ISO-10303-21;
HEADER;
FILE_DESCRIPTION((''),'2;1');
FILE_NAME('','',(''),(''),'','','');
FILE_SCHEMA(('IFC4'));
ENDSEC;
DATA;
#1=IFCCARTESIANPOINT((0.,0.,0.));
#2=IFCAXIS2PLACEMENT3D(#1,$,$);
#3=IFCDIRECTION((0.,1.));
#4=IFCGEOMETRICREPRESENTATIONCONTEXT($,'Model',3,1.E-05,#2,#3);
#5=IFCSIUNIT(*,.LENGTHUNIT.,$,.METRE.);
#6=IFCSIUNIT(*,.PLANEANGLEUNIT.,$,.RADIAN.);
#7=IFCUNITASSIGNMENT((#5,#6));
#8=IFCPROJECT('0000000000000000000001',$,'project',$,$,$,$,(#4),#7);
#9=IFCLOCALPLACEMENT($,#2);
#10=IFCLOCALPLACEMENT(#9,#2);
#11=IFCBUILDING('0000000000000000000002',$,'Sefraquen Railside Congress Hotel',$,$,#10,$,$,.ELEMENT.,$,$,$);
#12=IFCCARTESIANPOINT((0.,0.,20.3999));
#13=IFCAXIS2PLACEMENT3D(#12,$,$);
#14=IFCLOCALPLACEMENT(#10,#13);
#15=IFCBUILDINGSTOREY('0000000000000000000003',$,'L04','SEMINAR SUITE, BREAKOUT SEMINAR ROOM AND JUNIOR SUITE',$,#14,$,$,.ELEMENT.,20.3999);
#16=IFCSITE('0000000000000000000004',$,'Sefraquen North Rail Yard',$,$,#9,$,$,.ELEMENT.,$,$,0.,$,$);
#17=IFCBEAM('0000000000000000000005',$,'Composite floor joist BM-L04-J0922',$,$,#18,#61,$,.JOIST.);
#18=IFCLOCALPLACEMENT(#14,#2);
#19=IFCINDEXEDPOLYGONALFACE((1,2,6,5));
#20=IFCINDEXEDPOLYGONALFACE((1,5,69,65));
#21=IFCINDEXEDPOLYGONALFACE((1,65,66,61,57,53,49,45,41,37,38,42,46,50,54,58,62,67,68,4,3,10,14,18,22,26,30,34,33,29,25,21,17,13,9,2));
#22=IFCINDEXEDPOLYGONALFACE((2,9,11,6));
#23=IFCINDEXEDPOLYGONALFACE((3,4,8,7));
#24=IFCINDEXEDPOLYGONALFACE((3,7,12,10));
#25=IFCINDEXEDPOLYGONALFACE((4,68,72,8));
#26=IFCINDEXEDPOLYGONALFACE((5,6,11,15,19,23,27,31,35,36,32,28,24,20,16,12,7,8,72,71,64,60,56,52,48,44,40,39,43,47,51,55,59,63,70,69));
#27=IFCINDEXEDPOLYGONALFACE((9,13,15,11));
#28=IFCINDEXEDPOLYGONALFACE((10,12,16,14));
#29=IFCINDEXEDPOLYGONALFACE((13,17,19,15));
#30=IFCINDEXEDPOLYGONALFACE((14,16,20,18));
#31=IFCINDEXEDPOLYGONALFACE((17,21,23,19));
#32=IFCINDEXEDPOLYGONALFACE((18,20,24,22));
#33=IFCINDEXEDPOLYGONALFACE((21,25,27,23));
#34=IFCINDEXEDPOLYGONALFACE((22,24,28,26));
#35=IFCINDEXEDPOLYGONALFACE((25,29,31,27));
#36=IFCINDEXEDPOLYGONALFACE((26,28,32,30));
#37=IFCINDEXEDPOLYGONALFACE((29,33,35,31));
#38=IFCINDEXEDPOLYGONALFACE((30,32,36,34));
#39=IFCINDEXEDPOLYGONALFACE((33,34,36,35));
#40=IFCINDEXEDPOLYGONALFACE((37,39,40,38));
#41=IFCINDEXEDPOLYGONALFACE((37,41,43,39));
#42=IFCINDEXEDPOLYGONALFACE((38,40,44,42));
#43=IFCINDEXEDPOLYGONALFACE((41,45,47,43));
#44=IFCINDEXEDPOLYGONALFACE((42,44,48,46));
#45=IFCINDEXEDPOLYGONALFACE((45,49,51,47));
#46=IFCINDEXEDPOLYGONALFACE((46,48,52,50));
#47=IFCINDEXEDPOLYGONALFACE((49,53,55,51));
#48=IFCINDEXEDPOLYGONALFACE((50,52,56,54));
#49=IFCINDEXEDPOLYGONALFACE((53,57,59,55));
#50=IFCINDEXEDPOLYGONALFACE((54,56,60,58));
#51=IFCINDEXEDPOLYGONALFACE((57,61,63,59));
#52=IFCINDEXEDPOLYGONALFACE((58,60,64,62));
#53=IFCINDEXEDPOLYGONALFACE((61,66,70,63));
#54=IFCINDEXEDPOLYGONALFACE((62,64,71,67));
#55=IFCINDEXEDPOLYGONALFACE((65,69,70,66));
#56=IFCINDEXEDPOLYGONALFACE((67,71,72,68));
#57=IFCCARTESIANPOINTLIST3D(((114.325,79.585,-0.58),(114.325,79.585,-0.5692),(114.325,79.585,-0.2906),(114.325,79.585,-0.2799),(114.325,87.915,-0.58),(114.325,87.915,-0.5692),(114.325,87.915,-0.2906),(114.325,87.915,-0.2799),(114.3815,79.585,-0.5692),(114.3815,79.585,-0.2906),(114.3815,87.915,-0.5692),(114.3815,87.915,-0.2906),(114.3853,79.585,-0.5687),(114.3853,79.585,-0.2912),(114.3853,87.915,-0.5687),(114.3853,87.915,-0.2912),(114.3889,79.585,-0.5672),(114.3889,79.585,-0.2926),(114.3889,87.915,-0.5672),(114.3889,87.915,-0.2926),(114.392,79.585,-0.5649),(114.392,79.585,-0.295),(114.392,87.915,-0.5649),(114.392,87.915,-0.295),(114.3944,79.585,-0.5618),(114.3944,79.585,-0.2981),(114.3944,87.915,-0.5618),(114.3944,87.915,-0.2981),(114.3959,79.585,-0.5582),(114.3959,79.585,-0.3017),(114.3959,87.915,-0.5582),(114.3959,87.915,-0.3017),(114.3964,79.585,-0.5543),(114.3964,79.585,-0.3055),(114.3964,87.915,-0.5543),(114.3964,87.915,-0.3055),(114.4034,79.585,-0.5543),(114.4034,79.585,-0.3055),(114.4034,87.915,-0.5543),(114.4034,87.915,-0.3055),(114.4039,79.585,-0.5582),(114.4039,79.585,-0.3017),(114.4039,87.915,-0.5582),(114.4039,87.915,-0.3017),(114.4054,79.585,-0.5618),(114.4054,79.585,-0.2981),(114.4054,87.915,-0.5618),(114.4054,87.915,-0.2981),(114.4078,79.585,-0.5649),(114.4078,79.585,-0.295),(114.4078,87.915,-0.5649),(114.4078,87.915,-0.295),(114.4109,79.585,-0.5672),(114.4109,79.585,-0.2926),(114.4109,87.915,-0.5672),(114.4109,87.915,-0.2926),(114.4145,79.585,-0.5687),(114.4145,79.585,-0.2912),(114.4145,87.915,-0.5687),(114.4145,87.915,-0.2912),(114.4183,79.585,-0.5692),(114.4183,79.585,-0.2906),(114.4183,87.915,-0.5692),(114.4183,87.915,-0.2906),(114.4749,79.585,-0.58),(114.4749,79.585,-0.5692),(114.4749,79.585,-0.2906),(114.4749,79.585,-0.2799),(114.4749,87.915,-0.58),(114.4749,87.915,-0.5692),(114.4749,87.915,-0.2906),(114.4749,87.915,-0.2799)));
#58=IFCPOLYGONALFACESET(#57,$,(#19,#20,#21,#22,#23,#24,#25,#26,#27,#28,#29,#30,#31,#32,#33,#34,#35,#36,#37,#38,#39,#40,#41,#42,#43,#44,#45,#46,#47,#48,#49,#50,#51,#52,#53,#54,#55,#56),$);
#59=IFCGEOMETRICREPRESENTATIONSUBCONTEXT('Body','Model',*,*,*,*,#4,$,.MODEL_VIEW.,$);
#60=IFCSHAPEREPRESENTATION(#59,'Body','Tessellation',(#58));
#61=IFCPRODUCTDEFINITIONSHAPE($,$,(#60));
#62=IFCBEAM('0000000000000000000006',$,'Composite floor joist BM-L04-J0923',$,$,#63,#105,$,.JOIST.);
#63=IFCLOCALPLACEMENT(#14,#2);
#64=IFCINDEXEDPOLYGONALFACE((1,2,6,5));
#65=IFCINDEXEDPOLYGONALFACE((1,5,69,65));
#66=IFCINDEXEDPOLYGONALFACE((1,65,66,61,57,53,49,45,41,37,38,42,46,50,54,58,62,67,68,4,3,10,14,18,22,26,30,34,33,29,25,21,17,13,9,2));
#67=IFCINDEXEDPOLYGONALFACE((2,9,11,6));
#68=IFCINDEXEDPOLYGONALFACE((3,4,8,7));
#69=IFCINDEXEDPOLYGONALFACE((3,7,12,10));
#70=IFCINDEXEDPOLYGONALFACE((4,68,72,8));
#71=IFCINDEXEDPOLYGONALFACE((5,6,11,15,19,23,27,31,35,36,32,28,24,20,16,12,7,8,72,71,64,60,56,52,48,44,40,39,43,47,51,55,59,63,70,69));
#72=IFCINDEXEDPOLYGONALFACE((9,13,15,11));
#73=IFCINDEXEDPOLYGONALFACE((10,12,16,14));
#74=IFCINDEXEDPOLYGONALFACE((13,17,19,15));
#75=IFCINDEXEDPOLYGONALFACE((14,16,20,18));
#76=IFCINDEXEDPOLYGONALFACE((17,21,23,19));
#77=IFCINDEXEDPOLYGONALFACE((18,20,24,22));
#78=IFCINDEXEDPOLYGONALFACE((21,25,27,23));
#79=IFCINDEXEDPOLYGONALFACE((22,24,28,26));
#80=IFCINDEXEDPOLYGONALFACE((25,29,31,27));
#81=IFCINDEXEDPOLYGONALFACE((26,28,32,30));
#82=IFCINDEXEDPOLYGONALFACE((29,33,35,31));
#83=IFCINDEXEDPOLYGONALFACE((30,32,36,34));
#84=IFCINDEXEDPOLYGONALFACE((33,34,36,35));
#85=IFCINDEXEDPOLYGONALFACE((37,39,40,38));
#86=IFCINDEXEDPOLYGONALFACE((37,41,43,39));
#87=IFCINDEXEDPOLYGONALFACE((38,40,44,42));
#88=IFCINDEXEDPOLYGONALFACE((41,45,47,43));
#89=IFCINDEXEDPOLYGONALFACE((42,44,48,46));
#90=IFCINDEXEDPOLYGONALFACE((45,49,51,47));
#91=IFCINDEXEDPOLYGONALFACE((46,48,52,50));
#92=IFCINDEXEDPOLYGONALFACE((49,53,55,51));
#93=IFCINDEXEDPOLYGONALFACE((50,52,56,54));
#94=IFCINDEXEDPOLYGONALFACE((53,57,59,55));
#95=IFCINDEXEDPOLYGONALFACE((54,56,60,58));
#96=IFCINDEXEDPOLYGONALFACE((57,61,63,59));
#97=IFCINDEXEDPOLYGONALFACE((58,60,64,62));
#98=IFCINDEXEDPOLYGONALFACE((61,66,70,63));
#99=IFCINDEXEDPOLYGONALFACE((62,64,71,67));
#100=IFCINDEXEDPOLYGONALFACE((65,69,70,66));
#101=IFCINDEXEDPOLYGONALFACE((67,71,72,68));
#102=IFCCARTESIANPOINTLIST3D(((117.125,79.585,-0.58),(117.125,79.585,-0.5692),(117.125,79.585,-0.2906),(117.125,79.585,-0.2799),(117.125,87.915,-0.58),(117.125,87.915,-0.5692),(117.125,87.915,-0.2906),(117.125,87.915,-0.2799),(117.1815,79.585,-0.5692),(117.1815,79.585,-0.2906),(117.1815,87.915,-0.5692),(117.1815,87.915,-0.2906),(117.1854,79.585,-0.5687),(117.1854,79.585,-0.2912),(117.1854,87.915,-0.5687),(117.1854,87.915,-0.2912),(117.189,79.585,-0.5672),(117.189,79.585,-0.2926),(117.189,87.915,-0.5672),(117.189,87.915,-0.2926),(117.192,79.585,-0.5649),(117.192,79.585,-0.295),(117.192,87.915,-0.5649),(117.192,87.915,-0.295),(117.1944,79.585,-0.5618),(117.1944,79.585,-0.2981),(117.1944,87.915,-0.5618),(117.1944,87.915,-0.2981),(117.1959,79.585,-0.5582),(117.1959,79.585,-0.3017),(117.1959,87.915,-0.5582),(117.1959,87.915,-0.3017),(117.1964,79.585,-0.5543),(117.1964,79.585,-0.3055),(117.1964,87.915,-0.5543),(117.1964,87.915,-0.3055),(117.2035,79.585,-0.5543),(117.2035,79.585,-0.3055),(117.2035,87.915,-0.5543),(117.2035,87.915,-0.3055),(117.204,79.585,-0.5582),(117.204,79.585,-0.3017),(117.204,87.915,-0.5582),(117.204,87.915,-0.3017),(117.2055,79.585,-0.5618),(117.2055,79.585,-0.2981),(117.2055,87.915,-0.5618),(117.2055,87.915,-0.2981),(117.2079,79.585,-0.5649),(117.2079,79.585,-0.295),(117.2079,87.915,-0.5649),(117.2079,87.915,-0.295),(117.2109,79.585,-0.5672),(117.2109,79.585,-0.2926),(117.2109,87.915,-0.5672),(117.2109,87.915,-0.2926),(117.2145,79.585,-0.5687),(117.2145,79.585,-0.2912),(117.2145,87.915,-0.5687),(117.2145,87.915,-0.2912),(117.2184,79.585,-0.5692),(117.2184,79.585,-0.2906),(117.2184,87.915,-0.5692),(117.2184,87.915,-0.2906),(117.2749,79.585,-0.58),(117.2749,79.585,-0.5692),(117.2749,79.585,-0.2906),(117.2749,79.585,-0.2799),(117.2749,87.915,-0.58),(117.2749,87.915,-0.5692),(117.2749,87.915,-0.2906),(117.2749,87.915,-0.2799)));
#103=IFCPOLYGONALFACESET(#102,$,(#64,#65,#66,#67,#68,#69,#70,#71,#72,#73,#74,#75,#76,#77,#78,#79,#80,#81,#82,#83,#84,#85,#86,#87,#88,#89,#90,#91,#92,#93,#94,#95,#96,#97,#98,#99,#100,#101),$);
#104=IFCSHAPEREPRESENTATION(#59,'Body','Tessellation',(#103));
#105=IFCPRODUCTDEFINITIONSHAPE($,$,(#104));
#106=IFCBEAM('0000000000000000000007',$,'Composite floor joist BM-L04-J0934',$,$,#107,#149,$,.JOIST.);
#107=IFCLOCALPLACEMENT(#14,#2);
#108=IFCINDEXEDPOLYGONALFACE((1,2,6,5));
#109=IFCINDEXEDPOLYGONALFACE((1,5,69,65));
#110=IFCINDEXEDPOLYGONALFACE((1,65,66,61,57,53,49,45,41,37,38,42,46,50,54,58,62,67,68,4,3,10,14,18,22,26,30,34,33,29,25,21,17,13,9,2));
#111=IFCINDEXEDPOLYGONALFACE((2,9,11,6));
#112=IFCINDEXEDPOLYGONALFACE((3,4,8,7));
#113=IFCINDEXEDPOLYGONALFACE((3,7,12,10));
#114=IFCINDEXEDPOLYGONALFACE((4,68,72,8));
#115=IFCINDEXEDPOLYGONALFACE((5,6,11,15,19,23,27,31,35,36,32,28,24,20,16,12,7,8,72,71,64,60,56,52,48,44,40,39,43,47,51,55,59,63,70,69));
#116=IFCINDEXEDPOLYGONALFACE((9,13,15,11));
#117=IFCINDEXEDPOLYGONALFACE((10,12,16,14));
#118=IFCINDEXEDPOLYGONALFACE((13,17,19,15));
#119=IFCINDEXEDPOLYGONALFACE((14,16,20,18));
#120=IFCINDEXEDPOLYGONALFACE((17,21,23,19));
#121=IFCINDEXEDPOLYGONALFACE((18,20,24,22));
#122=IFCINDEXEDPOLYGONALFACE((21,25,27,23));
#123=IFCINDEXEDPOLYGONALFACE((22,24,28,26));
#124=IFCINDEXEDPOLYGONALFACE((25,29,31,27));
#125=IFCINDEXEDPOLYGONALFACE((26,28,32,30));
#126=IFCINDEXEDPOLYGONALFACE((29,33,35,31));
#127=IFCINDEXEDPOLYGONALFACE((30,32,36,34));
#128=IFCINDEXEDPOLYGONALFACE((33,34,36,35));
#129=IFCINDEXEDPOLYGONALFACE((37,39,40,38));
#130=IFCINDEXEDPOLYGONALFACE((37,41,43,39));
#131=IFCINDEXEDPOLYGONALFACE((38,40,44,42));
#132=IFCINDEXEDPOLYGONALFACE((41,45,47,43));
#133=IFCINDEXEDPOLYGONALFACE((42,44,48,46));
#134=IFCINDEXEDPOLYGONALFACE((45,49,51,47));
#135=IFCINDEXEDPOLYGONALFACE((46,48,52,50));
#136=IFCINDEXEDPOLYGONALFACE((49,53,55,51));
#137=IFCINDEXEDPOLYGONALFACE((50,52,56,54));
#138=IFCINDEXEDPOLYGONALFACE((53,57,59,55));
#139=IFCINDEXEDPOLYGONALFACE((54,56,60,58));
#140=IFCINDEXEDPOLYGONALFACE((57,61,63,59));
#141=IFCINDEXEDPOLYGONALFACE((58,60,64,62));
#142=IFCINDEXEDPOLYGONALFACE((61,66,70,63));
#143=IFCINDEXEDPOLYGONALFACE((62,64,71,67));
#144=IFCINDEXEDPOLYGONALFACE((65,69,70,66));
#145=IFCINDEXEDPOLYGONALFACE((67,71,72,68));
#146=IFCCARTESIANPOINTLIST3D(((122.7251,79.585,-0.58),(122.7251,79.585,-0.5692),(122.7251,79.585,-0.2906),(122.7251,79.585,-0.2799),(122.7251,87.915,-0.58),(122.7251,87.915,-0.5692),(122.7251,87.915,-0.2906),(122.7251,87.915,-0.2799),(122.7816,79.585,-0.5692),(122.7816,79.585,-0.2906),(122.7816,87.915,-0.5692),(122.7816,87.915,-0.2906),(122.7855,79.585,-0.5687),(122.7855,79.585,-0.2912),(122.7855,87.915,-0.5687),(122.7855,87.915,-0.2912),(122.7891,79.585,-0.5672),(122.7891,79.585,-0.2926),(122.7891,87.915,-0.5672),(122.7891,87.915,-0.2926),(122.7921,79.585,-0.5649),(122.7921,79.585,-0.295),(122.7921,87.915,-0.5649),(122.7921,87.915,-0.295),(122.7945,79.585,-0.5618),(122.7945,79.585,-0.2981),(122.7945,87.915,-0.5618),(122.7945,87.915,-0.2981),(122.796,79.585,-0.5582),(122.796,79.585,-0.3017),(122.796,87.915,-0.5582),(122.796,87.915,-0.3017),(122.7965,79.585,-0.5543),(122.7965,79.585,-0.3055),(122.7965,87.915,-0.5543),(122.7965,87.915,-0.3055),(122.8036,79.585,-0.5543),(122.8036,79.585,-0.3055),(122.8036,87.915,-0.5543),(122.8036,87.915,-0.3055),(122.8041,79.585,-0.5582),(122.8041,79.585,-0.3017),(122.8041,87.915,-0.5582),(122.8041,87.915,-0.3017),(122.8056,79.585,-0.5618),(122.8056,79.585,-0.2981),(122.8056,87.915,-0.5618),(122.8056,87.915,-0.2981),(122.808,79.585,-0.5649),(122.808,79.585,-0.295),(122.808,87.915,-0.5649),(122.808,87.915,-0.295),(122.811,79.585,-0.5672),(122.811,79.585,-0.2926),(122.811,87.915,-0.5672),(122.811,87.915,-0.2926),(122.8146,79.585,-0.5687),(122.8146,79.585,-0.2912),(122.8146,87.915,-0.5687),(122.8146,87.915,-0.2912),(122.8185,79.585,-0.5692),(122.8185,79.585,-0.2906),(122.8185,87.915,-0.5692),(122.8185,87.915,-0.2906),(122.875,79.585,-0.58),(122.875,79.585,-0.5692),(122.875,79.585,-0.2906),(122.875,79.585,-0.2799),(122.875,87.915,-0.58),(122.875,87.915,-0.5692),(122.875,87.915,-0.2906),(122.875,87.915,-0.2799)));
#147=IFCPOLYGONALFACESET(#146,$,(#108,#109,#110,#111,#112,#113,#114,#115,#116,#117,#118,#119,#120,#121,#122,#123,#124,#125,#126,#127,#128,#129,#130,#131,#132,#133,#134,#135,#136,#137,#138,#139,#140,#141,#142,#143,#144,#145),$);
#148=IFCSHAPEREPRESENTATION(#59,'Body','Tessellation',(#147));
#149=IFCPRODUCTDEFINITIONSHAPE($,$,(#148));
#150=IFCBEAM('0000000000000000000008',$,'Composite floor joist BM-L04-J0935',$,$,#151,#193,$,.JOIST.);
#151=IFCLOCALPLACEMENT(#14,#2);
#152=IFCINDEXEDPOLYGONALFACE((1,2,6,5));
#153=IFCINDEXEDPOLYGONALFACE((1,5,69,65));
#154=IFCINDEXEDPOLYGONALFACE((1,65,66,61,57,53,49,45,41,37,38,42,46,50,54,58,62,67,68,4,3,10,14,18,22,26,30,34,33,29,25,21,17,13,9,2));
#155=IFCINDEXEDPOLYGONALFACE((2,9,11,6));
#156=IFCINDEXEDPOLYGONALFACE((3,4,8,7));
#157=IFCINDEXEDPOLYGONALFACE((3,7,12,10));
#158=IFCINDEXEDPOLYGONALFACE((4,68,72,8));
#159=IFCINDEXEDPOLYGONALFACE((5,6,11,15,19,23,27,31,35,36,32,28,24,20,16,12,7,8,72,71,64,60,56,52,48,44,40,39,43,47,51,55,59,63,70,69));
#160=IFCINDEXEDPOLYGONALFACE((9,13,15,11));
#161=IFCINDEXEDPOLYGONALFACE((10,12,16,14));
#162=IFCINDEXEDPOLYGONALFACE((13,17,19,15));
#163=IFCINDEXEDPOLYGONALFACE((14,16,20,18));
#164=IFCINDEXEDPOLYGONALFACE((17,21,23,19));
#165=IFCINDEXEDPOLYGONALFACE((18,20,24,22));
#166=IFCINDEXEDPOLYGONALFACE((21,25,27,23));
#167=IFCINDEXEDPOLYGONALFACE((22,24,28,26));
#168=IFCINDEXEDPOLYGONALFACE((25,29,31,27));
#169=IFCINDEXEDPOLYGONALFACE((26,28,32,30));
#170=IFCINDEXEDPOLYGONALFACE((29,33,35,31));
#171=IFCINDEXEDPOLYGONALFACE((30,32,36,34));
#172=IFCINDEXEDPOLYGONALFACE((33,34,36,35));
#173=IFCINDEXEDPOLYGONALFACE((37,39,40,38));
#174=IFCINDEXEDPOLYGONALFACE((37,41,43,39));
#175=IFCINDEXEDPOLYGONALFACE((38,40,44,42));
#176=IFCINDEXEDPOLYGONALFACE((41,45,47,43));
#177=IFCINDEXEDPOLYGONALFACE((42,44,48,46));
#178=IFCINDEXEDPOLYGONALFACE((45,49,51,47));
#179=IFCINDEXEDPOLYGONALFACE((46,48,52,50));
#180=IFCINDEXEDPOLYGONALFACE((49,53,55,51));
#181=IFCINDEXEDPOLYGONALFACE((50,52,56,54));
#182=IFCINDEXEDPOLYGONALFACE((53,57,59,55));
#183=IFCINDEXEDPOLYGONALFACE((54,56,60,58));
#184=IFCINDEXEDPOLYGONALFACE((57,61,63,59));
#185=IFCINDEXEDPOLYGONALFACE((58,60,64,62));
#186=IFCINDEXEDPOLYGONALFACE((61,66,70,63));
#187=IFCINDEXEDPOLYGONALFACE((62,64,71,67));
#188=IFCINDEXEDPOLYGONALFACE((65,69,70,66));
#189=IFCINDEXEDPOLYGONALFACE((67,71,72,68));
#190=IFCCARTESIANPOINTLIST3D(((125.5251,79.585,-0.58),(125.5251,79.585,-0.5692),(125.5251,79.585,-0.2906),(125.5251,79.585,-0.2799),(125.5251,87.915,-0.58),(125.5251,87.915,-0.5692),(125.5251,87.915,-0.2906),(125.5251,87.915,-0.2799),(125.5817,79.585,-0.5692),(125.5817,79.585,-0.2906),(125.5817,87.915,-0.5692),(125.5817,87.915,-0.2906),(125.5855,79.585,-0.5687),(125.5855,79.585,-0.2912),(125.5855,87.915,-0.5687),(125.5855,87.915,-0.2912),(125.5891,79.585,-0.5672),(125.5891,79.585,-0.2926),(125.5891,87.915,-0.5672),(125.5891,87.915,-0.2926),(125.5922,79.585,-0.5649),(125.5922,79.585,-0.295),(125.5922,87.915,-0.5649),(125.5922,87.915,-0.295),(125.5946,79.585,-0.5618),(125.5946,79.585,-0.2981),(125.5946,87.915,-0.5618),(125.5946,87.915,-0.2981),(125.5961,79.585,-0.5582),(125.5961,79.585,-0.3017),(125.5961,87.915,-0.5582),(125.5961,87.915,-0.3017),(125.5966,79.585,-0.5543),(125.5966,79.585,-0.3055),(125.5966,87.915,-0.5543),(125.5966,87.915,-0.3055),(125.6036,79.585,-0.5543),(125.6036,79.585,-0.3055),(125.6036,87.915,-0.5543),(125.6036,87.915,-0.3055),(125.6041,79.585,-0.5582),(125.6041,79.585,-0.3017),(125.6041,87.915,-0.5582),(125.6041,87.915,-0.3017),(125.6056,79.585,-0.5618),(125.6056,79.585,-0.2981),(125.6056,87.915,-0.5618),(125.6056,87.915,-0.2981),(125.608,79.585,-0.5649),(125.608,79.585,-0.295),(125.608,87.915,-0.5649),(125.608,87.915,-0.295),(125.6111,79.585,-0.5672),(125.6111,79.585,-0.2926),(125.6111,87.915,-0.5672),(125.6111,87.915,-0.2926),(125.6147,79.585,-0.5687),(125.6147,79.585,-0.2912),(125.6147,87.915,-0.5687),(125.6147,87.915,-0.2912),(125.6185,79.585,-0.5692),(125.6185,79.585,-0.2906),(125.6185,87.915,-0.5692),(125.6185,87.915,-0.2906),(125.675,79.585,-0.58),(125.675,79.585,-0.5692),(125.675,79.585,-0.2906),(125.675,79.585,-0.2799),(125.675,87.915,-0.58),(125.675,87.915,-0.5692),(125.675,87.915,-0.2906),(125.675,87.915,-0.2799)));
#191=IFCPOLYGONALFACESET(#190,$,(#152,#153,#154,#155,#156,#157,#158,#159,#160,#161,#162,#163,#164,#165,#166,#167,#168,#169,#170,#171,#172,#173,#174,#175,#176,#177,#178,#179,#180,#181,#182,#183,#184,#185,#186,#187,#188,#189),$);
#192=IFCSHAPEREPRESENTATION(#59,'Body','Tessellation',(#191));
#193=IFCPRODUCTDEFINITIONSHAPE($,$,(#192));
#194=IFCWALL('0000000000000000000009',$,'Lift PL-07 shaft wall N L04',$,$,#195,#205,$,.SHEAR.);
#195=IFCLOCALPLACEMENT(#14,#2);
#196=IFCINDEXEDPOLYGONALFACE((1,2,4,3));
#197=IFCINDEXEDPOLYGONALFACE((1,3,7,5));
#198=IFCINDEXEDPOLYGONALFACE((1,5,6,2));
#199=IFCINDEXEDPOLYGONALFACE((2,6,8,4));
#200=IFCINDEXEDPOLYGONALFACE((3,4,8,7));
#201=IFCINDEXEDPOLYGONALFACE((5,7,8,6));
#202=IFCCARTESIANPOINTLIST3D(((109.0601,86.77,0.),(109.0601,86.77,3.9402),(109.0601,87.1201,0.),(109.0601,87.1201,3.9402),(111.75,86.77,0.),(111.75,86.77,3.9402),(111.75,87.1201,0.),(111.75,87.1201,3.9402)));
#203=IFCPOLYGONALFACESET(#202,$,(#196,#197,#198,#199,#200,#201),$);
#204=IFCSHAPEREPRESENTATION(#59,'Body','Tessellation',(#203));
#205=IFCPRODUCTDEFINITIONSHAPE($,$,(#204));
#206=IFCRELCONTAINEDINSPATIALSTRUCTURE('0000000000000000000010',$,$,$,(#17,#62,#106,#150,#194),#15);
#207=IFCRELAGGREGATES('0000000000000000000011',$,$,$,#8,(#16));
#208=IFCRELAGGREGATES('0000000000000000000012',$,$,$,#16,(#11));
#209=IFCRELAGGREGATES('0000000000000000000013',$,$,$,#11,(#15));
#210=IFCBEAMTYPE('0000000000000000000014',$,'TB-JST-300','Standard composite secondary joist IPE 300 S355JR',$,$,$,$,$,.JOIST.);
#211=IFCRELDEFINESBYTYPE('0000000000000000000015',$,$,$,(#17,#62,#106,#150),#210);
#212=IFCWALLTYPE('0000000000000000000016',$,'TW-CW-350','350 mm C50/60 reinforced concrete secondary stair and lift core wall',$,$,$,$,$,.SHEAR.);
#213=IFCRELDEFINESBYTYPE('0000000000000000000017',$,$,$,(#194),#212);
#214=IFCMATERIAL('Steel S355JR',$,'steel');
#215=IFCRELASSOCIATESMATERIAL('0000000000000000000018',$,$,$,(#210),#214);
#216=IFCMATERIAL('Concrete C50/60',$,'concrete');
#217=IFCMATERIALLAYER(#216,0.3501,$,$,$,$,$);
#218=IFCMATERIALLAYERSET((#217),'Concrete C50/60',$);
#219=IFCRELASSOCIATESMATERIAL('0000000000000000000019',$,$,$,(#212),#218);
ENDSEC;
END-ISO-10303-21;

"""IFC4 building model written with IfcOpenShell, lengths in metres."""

from ifc_helpers import new_model, si_unit, direction, frame, frame_2d, origin, origin_2d, place, context, subcontext, project, spatial, rectangle, i_section, extrude, material, layer, layer_set, material_profile, profile_set, type_object, element, save


model = new_model("IFC4")

# Units and contexts
model_context = context("Model", 3, precision=1e-05, world=origin(), true_north=direction((0.0, 1.0)))
body_context = subcontext(model_context, "Body", "Model", "MODEL_VIEW")
ifc_project = project(units=[si_unit("LENGTHUNIT", "METRE"), si_unit("PLANEANGLEUNIT", "RADIAN")], contexts=[model_context])

# Site, building, storey
site_placement = place(None, origin())
site = spatial("IfcSite", under=ifc_project, at=site_placement, Name="Sefraquen North Rail Yard", CompositionType="ELEMENT", RefElevation=0.0)
building_placement = place(site_placement, origin())
building = spatial("IfcBuilding", under=site, at=building_placement, Name="Sefraquen Railside Congress Hotel", CompositionType="ELEMENT")
storey_placement = place(building_placement, frame((0.0, 0.0, 20.3999)))
storey = spatial("IfcBuildingStorey", under=building, at=storey_placement, Name="L04", Description="SEMINAR SUITE, BREAKOUT SEMINAR ROOM AND JUNIOR SUITE", CompositionType="ELEMENT", Elevation=20.3999)

# Shared definitions
ifc_material_1 = material(Name="Steel S355JR", Category="steel")

# Beams
ifc_material_profile_1 = material_profile(ifc_material_1, i_section(OverallWidth=0.1499, OverallDepth=0.3, WebThickness=0.0071, FlangeThickness=0.0107, FilletRadius=0.0149, at=origin_2d()), Name="IPE 300")
ifc_profile_set_1 = profile_set([ifc_material_profile_1], Name="Steel S355JR")
beam_type_1 = type_object("IfcBeamType", Name="TB-JST-300", Description="Standard composite secondary joist IPE 300 S355JR", PredefinedType="JOIST", material=ifc_profile_set_1)
for number, where, z_axis, x_axis, name in (
    (1, (114.3999, 79.585, -0.4299), (0.0, 1.0, 0.0), (-1.0, 0.0, 0.0), "Composite floor joist BM-L04-J0922"),
    (2, (117.2, 79.585, -0.4299), (0.0, 1.0, 0.0), (-1.0, 0.0, 0.0), "Composite floor joist BM-L04-J0923"),
    (3, (122.8, 79.585, -0.4299), (0.0, 1.0, 0.0), (-1.0, 0.0, 0.0), "Composite floor joist BM-L04-J0934"),
    (4, (125.6001, 79.585, -0.4299), (0.0, 1.0, 0.0), (-1.0, 0.0, 0.0), "Composite floor joist BM-L04-J0935"),
):
    element("IfcBeam", number, at=place(storey_placement, frame(where, z_axis=z_axis, x_axis=x_axis)), inside=storey, type_object=beam_type_1, Name=name, PredefinedType="JOIST", context=body_context, shape_type="SweptSolid", body=[
        extrude(i_section(OverallWidth=0.1499, OverallDepth=0.3, WebThickness=0.0071, FlangeThickness=0.0107, FilletRadius=0.0149, at=origin_2d()), origin(), (0.0, 0.0, 1.0), 8.3301),
    ])

# Wall
ifc_material_2 = material(Name="Concrete C50/60", Category="concrete")
ifc_layer_1 = layer(ifc_material_2, 0.3501)
ifc_layer_set_1 = layer_set([ifc_layer_1], Name="Concrete C50/60")
wall_type_1 = type_object("IfcWallType", Name="TW-CW-350", Description="350 mm C50/60 reinforced concrete secondary stair and lift core wall", PredefinedType="SHEAR", material=ifc_layer_set_1)
wall_1_placement = place(storey_placement, frame((109.0601, 86.9451, 0.0), z_axis=(0.0, 0.0, 1.0), x_axis=(1.0, 0.0, 0.0)))
element("IfcWall", 5, at=wall_1_placement, inside=storey, type_object=wall_type_1, Name="Lift PL-07 shaft wall N L04", PredefinedType="SHEAR", context=body_context, shape_type="SweptSolid", body=[
    extrude(rectangle(XDim=2.6899, YDim=0.3501, at=frame_2d((1.345, 0.0))), origin(), (0.0, 0.0, 1.0), 3.9402),
])

save(model, "model.ifc")
